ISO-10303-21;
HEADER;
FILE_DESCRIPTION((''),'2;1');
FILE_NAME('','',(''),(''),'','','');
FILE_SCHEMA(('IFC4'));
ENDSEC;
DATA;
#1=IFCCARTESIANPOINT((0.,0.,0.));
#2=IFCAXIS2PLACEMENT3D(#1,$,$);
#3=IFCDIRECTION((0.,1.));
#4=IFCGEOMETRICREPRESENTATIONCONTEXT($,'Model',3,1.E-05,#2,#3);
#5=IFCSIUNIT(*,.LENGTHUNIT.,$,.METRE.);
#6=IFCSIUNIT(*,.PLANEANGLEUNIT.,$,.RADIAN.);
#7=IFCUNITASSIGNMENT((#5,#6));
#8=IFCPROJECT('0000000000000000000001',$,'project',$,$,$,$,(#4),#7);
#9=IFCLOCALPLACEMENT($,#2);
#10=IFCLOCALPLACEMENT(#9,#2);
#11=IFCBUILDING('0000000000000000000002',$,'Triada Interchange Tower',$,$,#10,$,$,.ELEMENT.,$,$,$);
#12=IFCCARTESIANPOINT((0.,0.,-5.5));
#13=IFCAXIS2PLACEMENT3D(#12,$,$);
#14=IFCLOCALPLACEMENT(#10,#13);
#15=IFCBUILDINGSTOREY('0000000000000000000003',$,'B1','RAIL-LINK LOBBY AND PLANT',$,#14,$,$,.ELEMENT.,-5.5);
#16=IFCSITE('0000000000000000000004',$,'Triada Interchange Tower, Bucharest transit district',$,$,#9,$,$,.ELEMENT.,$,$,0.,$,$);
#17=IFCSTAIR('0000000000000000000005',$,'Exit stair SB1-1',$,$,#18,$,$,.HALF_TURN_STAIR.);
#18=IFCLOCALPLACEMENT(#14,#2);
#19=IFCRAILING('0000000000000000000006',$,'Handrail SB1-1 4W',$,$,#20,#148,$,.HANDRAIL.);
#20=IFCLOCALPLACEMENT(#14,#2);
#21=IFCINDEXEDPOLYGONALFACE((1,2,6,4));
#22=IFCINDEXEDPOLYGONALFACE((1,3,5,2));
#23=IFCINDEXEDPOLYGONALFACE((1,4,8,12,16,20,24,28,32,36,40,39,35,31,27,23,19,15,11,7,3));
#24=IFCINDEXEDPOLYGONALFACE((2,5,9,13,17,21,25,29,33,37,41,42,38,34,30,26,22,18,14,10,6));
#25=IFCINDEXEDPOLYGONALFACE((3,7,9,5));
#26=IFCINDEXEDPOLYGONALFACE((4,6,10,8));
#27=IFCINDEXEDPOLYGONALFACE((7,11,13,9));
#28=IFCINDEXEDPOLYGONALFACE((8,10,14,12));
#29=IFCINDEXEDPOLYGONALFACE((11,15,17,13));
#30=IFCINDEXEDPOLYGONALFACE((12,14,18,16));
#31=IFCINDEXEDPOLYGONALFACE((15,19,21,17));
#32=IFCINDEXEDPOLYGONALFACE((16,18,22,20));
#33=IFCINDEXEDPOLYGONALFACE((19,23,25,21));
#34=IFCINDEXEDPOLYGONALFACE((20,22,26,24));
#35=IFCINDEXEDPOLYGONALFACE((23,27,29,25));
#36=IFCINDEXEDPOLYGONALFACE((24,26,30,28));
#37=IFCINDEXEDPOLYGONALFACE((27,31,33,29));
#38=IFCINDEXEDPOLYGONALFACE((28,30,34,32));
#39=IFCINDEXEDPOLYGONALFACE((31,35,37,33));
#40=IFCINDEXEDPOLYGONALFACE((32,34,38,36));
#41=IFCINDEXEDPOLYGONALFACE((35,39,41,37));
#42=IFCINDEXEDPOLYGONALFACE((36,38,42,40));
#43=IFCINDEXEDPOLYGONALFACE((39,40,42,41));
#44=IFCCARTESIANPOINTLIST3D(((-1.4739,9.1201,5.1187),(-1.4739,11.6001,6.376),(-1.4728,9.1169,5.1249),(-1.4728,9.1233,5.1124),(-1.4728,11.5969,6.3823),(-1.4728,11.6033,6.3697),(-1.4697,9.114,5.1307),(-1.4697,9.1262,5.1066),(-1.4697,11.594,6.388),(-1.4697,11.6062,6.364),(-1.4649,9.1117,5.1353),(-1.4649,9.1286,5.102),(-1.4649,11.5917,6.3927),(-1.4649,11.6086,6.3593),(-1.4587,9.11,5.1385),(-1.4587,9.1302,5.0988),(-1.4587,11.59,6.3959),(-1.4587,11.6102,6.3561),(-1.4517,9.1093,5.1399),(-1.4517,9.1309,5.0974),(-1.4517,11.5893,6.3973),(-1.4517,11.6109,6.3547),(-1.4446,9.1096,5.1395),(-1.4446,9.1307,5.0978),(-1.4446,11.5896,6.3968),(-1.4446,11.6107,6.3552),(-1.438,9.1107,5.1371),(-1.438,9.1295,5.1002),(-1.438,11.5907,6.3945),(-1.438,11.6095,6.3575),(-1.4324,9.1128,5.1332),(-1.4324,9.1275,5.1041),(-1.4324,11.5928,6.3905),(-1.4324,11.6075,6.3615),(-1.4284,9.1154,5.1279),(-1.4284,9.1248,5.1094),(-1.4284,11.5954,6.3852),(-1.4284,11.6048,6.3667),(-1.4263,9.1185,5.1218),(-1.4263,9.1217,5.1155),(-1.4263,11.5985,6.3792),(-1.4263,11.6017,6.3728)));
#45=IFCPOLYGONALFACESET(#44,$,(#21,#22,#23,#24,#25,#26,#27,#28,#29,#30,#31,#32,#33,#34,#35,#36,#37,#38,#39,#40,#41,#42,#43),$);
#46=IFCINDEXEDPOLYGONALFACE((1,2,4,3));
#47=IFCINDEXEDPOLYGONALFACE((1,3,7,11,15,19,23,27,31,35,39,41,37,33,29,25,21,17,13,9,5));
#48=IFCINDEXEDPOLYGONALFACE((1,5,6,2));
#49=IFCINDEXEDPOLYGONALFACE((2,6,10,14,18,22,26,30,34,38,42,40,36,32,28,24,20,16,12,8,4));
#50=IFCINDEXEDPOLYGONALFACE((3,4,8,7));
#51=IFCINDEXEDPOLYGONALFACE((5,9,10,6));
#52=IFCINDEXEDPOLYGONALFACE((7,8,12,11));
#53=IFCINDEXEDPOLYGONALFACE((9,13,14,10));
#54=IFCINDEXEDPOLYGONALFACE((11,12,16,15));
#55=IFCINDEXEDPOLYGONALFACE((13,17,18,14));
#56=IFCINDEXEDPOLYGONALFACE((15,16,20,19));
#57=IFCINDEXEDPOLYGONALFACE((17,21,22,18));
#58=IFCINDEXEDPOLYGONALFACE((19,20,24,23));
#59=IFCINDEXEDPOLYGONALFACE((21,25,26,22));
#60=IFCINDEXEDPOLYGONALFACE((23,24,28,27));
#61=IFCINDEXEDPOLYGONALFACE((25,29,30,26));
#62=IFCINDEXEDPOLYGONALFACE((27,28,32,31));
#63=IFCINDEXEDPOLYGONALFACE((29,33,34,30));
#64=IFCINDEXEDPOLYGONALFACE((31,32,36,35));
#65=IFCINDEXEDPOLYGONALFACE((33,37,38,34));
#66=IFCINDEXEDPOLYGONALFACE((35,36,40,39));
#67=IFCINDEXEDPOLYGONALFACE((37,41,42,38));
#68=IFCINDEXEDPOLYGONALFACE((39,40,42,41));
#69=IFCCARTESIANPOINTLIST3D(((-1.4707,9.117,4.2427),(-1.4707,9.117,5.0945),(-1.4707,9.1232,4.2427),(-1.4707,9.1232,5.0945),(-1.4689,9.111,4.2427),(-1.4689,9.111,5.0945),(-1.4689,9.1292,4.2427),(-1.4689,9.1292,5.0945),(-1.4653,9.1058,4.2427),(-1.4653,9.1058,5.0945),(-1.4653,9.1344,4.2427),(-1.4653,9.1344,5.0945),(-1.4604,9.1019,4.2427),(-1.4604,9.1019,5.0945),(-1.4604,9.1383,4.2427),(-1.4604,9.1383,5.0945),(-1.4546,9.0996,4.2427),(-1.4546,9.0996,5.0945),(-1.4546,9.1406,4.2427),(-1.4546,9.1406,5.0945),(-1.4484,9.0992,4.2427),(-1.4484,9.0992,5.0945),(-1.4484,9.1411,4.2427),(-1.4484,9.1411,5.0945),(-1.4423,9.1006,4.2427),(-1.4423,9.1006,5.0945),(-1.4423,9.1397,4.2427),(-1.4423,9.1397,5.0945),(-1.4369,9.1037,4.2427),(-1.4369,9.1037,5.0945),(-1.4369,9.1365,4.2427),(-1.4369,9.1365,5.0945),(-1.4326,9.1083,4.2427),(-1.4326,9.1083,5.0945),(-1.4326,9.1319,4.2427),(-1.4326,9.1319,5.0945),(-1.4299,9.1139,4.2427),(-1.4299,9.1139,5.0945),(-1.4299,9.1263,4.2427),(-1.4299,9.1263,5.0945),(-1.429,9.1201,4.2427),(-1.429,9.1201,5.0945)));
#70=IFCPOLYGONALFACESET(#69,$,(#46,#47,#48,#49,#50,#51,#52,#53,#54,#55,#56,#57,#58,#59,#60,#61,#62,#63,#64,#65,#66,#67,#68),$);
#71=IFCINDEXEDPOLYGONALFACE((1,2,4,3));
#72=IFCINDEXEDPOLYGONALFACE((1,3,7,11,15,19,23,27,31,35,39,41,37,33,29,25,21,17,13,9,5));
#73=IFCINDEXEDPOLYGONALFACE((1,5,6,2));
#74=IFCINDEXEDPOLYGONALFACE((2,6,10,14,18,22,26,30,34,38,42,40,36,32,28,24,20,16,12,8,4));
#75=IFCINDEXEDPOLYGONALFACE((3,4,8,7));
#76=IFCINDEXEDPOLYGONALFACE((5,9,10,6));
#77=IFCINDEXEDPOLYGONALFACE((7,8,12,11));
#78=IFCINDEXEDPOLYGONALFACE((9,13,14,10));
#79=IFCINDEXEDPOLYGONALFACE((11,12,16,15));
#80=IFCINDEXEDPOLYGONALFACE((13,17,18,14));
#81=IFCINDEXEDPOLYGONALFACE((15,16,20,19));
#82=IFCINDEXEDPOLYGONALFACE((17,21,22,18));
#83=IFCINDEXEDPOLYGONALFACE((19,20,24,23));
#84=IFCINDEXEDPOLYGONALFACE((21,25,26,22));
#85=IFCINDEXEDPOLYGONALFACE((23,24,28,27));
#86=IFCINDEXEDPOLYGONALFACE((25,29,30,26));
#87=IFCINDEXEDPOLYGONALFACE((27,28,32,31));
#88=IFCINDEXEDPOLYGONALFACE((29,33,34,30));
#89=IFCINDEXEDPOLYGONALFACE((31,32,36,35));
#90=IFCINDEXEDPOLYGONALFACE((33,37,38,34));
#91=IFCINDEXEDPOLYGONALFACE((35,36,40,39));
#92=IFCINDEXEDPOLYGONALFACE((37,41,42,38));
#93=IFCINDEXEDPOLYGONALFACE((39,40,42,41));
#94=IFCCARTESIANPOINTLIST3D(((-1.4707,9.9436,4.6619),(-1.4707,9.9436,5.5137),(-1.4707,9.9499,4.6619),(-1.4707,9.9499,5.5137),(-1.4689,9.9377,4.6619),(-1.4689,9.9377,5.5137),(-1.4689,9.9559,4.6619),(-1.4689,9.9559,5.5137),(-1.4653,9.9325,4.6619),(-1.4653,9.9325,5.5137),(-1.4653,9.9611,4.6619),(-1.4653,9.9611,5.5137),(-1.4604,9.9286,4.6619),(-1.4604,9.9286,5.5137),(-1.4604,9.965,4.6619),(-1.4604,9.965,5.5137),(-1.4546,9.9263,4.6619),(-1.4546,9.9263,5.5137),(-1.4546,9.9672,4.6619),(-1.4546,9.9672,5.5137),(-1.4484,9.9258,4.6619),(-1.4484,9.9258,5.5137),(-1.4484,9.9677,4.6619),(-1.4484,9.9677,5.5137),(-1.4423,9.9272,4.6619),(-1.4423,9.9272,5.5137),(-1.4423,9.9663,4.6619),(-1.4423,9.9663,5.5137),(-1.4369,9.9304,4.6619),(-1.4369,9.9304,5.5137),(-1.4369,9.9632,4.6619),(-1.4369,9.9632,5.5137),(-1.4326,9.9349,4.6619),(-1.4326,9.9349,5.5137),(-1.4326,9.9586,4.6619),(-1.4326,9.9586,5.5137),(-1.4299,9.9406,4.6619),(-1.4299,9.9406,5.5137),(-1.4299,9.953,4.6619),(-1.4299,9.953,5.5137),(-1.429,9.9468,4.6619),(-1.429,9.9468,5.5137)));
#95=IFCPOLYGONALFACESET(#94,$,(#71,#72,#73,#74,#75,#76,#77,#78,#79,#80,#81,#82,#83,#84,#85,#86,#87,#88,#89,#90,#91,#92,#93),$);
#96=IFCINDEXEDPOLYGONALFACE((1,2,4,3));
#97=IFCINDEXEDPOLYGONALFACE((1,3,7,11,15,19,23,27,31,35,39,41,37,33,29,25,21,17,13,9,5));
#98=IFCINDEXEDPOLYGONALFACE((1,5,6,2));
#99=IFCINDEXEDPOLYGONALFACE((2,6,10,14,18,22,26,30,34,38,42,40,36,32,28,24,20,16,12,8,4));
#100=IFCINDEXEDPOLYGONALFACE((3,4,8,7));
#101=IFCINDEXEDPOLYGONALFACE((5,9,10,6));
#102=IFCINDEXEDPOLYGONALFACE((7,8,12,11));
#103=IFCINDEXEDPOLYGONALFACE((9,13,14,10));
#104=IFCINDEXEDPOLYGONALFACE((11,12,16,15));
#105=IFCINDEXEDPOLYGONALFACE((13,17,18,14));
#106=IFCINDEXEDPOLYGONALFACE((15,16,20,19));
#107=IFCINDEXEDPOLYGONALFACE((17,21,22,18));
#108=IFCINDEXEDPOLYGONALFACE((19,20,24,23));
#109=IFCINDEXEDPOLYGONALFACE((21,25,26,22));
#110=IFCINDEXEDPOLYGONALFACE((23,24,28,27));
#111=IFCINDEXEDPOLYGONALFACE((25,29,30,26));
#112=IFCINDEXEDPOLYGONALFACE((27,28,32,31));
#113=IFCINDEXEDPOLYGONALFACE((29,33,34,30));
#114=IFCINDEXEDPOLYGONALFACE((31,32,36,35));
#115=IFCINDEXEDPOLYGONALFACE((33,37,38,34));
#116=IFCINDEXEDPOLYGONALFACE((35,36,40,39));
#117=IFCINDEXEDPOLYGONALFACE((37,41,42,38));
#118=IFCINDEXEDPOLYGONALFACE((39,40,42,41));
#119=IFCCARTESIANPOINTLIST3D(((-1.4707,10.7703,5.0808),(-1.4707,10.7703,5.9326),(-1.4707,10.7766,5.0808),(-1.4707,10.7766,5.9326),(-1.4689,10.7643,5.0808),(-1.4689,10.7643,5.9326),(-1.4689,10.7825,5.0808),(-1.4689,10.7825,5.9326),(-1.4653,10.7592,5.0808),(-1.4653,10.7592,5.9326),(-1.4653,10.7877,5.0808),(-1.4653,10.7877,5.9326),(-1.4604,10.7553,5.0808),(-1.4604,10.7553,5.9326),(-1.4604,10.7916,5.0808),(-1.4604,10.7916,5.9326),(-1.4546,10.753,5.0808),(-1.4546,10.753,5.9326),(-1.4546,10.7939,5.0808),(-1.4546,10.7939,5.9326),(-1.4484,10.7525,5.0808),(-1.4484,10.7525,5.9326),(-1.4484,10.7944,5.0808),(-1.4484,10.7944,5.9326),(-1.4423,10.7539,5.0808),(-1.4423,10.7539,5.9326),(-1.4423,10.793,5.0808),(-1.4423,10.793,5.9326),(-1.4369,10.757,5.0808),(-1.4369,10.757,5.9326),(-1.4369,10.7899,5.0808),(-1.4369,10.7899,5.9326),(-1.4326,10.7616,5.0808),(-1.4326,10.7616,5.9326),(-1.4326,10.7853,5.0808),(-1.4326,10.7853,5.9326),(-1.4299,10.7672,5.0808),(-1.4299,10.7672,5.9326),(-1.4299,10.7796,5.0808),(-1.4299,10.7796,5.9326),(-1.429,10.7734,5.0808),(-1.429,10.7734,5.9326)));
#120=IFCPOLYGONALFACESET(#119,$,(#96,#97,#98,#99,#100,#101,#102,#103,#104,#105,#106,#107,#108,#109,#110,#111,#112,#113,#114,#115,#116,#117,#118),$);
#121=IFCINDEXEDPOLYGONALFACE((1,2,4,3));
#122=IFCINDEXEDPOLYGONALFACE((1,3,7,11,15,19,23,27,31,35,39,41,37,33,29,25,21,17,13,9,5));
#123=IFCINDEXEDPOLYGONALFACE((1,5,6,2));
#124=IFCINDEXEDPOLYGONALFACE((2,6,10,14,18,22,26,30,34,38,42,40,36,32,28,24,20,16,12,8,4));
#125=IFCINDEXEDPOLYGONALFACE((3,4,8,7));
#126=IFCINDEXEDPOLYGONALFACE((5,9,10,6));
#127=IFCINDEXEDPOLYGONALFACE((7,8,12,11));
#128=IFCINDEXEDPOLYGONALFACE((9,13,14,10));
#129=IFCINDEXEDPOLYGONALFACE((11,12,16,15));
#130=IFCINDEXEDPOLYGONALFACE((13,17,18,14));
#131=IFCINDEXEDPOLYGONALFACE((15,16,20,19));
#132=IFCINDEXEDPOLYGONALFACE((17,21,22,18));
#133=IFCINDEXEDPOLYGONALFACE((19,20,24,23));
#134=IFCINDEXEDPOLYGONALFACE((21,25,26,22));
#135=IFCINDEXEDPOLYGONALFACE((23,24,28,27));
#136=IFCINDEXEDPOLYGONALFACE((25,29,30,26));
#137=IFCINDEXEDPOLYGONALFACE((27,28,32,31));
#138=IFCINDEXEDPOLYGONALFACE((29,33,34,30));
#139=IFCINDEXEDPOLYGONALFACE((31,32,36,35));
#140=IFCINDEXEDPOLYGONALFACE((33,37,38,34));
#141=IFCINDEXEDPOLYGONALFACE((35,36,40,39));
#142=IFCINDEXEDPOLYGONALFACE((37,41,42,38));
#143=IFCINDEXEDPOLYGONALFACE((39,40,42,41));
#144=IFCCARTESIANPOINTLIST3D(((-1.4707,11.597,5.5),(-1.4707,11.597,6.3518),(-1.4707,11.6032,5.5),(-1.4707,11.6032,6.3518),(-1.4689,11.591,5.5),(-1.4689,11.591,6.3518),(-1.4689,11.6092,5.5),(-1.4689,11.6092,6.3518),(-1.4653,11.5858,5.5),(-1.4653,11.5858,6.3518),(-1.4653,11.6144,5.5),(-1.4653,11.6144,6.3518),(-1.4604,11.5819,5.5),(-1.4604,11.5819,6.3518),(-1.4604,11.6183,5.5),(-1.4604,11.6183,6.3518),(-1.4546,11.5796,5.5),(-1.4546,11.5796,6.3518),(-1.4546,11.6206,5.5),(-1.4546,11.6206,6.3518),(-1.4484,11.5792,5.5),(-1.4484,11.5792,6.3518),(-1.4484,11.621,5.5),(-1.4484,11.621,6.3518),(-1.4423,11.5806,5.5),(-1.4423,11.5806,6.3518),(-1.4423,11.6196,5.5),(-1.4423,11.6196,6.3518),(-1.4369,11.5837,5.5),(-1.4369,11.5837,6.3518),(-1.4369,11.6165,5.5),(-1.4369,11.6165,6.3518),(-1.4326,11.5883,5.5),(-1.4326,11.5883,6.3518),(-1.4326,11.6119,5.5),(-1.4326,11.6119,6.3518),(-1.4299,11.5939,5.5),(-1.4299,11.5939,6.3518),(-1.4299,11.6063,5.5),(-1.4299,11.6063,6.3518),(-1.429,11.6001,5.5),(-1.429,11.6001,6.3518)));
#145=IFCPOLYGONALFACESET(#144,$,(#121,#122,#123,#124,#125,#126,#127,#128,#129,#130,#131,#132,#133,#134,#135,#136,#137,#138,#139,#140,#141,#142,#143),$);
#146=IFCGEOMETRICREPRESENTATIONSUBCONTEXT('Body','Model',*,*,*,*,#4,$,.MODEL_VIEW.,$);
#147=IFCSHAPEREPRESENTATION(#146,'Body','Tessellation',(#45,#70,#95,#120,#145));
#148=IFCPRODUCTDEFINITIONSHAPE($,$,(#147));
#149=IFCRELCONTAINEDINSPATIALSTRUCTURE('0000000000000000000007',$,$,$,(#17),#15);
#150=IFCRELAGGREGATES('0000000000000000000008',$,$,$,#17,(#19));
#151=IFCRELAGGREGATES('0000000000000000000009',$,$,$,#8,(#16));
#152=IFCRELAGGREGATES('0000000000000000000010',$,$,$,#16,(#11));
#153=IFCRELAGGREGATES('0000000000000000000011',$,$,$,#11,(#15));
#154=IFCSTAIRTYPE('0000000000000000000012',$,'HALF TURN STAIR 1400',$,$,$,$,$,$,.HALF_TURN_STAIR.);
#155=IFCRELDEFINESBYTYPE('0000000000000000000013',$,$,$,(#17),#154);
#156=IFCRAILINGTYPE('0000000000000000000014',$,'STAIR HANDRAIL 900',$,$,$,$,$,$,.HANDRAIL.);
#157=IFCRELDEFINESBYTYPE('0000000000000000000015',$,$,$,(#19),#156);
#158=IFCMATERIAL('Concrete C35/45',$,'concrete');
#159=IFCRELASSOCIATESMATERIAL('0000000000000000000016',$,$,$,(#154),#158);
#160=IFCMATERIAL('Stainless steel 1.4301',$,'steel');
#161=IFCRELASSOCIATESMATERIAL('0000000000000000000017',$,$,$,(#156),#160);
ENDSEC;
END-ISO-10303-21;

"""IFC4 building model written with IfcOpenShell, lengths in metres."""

from ifc_helpers import new_model, si_unit, direction, frame, origin, origin_2d, place, context, subcontext, project, spatial, circle, extrude, material, type_object, element, aggregate, save


model = new_model("IFC4")

# Units and contexts
model_context = context("Model", 3, precision=1e-05, world=origin(), true_north=direction((0.0, 1.0)))
body_context = subcontext(model_context, "Body", "Model", "MODEL_VIEW")
ifc_project = project(units=[si_unit("LENGTHUNIT", "METRE"), si_unit("PLANEANGLEUNIT", "RADIAN")], contexts=[model_context])

# Site, building, storey
site_placement = place(None, origin())
site = spatial("IfcSite", under=ifc_project, at=site_placement, Name="Triada Interchange Tower, Bucharest transit district", CompositionType="ELEMENT", RefElevation=0.0)
building_placement = place(site_placement, origin())
building = spatial("IfcBuilding", under=site, at=building_placement, Name="Triada Interchange Tower", CompositionType="ELEMENT")
storey_placement = place(building_placement, frame((0.0, 0.0, -5.5)))
storey = spatial("IfcBuildingStorey", under=building, at=storey_placement, Name="B1", Description="RAIL-LINK LOBBY AND PLANT", CompositionType="ELEMENT", Elevation=-5.5)

# Stair, railing
ifc_material_1 = material(Name="Concrete C35/45", Category="concrete")
stair_type = type_object("IfcStairType", Name="HALF TURN STAIR 1400", PredefinedType="HALF_TURN_STAIR", material=ifc_material_1)
stair_placement = place(storey_placement, origin())
stair = element("IfcStair", 1, at=stair_placement, inside=storey, type_object=stair_type, Name="Exit stair SB1-1", PredefinedType="HALF_TURN_STAIR")
ifc_material_2 = material(Name="Stainless steel 1.4301", Category="steel")
railing_type = type_object("IfcRailingType", Name="STAIR HANDRAIL 900", PredefinedType="HANDRAIL", material=ifc_material_2)
railing_1_placement = place(storey_placement, frame((-1.45, 9.1201, 4.2427)))
railing_1 = element("IfcRailing", 2, at=railing_1_placement, type_object=railing_type, Name="Handrail SB1-1 4W", PredefinedType="HANDRAIL", context=body_context, shape_type="SweptSolid", body=[
    extrude(circle(Radius=0.0239, at=origin_2d()), frame((0.0, 0.0, 0.876), z_axis=(0.0, 0.89192, 0.452194), x_axis=(-1.0, 0.0, 0.0)), (0.0, 0.0, 1.0), 2.7805),
    extrude(circle(Radius=0.021, at=origin_2d()), origin(), (0.0, 0.0, 1.0), 0.8518),
    extrude(circle(Radius=0.021, at=origin_2d()), frame((0.0, 0.8267, 0.4192)), (0.0, 0.0, 1.0), 0.8518),
    extrude(circle(Radius=0.021, at=origin_2d()), frame((0.0, 1.6533, 0.8381)), (0.0, 0.0, 1.0), 0.8518),
    extrude(circle(Radius=0.021, at=origin_2d()), frame((0.0, 2.48, 1.2573)), (0.0, 0.0, 1.0), 0.8518),
])
aggregate(stair, [railing_1])

save(model, "model.ifc")
